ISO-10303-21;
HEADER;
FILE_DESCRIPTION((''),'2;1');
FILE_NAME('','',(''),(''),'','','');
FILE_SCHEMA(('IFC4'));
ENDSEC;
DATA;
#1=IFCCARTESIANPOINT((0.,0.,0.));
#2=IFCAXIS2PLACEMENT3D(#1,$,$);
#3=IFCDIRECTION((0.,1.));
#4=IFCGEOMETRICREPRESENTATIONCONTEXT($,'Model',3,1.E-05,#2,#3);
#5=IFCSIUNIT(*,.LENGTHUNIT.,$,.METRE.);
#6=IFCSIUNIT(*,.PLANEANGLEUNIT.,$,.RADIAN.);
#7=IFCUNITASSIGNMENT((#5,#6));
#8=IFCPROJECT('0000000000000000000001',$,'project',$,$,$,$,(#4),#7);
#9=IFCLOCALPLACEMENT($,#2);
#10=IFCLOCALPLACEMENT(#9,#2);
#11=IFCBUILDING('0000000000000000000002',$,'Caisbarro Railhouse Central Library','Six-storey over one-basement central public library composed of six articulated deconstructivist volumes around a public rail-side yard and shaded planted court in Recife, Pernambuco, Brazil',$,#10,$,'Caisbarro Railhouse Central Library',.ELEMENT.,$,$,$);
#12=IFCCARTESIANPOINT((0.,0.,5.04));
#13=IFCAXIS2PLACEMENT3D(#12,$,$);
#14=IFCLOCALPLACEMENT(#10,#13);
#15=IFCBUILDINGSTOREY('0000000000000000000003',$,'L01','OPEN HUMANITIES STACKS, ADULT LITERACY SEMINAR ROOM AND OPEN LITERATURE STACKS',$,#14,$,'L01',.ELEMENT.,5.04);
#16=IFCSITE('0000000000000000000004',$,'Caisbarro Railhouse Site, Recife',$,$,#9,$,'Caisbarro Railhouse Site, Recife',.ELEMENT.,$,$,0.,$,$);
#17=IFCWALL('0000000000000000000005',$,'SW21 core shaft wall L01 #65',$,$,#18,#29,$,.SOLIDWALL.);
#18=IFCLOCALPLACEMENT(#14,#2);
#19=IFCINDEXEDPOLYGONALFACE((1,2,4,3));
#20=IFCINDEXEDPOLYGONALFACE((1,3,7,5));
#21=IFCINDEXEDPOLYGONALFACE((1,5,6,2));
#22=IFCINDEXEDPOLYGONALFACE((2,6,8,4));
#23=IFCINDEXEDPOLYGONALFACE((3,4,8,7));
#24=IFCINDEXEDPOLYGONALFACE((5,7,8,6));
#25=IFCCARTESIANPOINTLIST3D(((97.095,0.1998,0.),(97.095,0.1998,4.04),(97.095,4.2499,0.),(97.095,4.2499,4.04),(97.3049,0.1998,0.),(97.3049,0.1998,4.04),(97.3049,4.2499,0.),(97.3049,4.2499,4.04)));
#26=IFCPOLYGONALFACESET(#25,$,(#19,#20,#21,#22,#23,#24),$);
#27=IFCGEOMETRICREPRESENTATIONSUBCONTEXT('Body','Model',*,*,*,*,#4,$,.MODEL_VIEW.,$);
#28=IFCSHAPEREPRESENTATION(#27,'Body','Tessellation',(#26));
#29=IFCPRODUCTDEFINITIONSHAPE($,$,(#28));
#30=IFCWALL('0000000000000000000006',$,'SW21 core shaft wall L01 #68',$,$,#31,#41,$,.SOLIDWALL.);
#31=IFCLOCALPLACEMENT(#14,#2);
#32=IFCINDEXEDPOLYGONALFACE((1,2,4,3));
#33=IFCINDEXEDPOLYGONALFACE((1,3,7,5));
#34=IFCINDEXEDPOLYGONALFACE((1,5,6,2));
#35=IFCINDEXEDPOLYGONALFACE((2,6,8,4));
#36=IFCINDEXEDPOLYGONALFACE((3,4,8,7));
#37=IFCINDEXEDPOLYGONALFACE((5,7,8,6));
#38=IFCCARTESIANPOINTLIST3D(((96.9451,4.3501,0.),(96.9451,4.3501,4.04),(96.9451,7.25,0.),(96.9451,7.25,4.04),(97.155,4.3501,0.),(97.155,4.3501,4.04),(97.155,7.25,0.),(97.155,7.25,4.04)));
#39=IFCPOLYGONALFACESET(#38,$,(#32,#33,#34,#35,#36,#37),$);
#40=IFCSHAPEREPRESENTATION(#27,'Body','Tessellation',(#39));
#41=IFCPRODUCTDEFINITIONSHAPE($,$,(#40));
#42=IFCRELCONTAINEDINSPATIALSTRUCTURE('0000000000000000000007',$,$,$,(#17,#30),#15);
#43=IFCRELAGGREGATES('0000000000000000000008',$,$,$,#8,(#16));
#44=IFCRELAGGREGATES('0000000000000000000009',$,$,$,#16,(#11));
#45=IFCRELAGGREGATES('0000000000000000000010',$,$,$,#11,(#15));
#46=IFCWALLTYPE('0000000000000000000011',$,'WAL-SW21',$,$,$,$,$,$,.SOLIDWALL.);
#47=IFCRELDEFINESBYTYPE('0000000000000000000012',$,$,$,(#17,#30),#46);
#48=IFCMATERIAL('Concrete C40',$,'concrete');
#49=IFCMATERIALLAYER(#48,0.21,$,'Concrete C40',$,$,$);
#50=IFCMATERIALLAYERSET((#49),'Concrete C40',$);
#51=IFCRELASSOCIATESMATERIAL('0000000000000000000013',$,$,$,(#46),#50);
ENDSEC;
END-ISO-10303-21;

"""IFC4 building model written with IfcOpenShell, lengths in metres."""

from ifc_helpers import new_model, si_unit, direction, frame, frame_2d, origin, place, context, subcontext, project, spatial, rectangle, extrude, material, layer, layer_set, type_object, element, save


model = new_model("IFC4")

# Units and contexts
model_context = context("Model", 3, precision=1e-05, world=origin(), true_north=direction((0.0, 1.0)))
body_context = subcontext(model_context, "Body", "Model", "MODEL_VIEW")
ifc_project = project(units=[si_unit("LENGTHUNIT", "METRE"), si_unit("PLANEANGLEUNIT", "RADIAN")], contexts=[model_context])

# Site, building, storey
site_placement = place(None, origin())
site = spatial("IfcSite", under=ifc_project, at=site_placement, Name="Caisbarro Railhouse Site, Recife", LongName="Caisbarro Railhouse Site, Recife", CompositionType="ELEMENT", RefElevation=0.0)
building_placement = place(site_placement, origin())
building = spatial("IfcBuilding", under=site, at=building_placement, Name="Caisbarro Railhouse Central Library", Description="Six-storey over one-basement central public library composed of six articulated deconstructivist volumes around a public rail-side yard and shaded planted court in Recife, Pernambuco, Brazil", LongName="Caisbarro Railhouse Central Library", CompositionType="ELEMENT")
storey_placement = place(building_placement, frame((0.0, 0.0, 5.04)))
storey = spatial("IfcBuildingStorey", under=building, at=storey_placement, Name="L01", Description="OPEN HUMANITIES STACKS, ADULT LITERACY SEMINAR ROOM AND OPEN LITERATURE STACKS", LongName="L01", CompositionType="ELEMENT", Elevation=5.04)

# Shared definitions
ifc_material_1 = material(Name="Concrete C40", Category="concrete")

# Walls
ifc_layer_1 = layer(ifc_material_1, 0.21, Name="Concrete C40")
ifc_layer_set_1 = layer_set([ifc_layer_1], Name="Concrete C40")
wall_type_1 = type_object("IfcWallType", Name="WAL-SW21", PredefinedType="SOLIDWALL", material=ifc_layer_set_1)
wall_1_placement = place(storey_placement, frame((97.2, 0.2, 0.0), z_axis=(0.0, 0.0, 1.0), x_axis=(0.0, 1.0, 0.0)))
element("IfcWall", 1, at=wall_1_placement, inside=storey, type_object=wall_type_1, Name="SW21 core shaft wall L01 #65", PredefinedType="SOLIDWALL", context=body_context, shape_type="SweptSolid", body=[
    extrude(rectangle(XDim=4.05, YDim=0.21, at=frame_2d((2.0249, 0.0))), origin(), (0.0, 0.0, 1.0), 4.04),
])
wall_2_placement = place(storey_placement, frame((97.05, 4.3501, 0.0), z_axis=(0.0, 0.0, 1.0), x_axis=(0.0, 1.0, 0.0)))
element("IfcWall", 2, at=wall_2_placement, inside=storey, type_object=wall_type_1, Name="SW21 core shaft wall L01 #68", PredefinedType="SOLIDWALL", context=body_context, shape_type="SweptSolid", body=[
    extrude(rectangle(XDim=2.8999, YDim=0.21, at=frame_2d((1.45, 0.0))), origin(), (0.0, 0.0, 1.0), 4.04),
])

save(model, "model.ifc")
